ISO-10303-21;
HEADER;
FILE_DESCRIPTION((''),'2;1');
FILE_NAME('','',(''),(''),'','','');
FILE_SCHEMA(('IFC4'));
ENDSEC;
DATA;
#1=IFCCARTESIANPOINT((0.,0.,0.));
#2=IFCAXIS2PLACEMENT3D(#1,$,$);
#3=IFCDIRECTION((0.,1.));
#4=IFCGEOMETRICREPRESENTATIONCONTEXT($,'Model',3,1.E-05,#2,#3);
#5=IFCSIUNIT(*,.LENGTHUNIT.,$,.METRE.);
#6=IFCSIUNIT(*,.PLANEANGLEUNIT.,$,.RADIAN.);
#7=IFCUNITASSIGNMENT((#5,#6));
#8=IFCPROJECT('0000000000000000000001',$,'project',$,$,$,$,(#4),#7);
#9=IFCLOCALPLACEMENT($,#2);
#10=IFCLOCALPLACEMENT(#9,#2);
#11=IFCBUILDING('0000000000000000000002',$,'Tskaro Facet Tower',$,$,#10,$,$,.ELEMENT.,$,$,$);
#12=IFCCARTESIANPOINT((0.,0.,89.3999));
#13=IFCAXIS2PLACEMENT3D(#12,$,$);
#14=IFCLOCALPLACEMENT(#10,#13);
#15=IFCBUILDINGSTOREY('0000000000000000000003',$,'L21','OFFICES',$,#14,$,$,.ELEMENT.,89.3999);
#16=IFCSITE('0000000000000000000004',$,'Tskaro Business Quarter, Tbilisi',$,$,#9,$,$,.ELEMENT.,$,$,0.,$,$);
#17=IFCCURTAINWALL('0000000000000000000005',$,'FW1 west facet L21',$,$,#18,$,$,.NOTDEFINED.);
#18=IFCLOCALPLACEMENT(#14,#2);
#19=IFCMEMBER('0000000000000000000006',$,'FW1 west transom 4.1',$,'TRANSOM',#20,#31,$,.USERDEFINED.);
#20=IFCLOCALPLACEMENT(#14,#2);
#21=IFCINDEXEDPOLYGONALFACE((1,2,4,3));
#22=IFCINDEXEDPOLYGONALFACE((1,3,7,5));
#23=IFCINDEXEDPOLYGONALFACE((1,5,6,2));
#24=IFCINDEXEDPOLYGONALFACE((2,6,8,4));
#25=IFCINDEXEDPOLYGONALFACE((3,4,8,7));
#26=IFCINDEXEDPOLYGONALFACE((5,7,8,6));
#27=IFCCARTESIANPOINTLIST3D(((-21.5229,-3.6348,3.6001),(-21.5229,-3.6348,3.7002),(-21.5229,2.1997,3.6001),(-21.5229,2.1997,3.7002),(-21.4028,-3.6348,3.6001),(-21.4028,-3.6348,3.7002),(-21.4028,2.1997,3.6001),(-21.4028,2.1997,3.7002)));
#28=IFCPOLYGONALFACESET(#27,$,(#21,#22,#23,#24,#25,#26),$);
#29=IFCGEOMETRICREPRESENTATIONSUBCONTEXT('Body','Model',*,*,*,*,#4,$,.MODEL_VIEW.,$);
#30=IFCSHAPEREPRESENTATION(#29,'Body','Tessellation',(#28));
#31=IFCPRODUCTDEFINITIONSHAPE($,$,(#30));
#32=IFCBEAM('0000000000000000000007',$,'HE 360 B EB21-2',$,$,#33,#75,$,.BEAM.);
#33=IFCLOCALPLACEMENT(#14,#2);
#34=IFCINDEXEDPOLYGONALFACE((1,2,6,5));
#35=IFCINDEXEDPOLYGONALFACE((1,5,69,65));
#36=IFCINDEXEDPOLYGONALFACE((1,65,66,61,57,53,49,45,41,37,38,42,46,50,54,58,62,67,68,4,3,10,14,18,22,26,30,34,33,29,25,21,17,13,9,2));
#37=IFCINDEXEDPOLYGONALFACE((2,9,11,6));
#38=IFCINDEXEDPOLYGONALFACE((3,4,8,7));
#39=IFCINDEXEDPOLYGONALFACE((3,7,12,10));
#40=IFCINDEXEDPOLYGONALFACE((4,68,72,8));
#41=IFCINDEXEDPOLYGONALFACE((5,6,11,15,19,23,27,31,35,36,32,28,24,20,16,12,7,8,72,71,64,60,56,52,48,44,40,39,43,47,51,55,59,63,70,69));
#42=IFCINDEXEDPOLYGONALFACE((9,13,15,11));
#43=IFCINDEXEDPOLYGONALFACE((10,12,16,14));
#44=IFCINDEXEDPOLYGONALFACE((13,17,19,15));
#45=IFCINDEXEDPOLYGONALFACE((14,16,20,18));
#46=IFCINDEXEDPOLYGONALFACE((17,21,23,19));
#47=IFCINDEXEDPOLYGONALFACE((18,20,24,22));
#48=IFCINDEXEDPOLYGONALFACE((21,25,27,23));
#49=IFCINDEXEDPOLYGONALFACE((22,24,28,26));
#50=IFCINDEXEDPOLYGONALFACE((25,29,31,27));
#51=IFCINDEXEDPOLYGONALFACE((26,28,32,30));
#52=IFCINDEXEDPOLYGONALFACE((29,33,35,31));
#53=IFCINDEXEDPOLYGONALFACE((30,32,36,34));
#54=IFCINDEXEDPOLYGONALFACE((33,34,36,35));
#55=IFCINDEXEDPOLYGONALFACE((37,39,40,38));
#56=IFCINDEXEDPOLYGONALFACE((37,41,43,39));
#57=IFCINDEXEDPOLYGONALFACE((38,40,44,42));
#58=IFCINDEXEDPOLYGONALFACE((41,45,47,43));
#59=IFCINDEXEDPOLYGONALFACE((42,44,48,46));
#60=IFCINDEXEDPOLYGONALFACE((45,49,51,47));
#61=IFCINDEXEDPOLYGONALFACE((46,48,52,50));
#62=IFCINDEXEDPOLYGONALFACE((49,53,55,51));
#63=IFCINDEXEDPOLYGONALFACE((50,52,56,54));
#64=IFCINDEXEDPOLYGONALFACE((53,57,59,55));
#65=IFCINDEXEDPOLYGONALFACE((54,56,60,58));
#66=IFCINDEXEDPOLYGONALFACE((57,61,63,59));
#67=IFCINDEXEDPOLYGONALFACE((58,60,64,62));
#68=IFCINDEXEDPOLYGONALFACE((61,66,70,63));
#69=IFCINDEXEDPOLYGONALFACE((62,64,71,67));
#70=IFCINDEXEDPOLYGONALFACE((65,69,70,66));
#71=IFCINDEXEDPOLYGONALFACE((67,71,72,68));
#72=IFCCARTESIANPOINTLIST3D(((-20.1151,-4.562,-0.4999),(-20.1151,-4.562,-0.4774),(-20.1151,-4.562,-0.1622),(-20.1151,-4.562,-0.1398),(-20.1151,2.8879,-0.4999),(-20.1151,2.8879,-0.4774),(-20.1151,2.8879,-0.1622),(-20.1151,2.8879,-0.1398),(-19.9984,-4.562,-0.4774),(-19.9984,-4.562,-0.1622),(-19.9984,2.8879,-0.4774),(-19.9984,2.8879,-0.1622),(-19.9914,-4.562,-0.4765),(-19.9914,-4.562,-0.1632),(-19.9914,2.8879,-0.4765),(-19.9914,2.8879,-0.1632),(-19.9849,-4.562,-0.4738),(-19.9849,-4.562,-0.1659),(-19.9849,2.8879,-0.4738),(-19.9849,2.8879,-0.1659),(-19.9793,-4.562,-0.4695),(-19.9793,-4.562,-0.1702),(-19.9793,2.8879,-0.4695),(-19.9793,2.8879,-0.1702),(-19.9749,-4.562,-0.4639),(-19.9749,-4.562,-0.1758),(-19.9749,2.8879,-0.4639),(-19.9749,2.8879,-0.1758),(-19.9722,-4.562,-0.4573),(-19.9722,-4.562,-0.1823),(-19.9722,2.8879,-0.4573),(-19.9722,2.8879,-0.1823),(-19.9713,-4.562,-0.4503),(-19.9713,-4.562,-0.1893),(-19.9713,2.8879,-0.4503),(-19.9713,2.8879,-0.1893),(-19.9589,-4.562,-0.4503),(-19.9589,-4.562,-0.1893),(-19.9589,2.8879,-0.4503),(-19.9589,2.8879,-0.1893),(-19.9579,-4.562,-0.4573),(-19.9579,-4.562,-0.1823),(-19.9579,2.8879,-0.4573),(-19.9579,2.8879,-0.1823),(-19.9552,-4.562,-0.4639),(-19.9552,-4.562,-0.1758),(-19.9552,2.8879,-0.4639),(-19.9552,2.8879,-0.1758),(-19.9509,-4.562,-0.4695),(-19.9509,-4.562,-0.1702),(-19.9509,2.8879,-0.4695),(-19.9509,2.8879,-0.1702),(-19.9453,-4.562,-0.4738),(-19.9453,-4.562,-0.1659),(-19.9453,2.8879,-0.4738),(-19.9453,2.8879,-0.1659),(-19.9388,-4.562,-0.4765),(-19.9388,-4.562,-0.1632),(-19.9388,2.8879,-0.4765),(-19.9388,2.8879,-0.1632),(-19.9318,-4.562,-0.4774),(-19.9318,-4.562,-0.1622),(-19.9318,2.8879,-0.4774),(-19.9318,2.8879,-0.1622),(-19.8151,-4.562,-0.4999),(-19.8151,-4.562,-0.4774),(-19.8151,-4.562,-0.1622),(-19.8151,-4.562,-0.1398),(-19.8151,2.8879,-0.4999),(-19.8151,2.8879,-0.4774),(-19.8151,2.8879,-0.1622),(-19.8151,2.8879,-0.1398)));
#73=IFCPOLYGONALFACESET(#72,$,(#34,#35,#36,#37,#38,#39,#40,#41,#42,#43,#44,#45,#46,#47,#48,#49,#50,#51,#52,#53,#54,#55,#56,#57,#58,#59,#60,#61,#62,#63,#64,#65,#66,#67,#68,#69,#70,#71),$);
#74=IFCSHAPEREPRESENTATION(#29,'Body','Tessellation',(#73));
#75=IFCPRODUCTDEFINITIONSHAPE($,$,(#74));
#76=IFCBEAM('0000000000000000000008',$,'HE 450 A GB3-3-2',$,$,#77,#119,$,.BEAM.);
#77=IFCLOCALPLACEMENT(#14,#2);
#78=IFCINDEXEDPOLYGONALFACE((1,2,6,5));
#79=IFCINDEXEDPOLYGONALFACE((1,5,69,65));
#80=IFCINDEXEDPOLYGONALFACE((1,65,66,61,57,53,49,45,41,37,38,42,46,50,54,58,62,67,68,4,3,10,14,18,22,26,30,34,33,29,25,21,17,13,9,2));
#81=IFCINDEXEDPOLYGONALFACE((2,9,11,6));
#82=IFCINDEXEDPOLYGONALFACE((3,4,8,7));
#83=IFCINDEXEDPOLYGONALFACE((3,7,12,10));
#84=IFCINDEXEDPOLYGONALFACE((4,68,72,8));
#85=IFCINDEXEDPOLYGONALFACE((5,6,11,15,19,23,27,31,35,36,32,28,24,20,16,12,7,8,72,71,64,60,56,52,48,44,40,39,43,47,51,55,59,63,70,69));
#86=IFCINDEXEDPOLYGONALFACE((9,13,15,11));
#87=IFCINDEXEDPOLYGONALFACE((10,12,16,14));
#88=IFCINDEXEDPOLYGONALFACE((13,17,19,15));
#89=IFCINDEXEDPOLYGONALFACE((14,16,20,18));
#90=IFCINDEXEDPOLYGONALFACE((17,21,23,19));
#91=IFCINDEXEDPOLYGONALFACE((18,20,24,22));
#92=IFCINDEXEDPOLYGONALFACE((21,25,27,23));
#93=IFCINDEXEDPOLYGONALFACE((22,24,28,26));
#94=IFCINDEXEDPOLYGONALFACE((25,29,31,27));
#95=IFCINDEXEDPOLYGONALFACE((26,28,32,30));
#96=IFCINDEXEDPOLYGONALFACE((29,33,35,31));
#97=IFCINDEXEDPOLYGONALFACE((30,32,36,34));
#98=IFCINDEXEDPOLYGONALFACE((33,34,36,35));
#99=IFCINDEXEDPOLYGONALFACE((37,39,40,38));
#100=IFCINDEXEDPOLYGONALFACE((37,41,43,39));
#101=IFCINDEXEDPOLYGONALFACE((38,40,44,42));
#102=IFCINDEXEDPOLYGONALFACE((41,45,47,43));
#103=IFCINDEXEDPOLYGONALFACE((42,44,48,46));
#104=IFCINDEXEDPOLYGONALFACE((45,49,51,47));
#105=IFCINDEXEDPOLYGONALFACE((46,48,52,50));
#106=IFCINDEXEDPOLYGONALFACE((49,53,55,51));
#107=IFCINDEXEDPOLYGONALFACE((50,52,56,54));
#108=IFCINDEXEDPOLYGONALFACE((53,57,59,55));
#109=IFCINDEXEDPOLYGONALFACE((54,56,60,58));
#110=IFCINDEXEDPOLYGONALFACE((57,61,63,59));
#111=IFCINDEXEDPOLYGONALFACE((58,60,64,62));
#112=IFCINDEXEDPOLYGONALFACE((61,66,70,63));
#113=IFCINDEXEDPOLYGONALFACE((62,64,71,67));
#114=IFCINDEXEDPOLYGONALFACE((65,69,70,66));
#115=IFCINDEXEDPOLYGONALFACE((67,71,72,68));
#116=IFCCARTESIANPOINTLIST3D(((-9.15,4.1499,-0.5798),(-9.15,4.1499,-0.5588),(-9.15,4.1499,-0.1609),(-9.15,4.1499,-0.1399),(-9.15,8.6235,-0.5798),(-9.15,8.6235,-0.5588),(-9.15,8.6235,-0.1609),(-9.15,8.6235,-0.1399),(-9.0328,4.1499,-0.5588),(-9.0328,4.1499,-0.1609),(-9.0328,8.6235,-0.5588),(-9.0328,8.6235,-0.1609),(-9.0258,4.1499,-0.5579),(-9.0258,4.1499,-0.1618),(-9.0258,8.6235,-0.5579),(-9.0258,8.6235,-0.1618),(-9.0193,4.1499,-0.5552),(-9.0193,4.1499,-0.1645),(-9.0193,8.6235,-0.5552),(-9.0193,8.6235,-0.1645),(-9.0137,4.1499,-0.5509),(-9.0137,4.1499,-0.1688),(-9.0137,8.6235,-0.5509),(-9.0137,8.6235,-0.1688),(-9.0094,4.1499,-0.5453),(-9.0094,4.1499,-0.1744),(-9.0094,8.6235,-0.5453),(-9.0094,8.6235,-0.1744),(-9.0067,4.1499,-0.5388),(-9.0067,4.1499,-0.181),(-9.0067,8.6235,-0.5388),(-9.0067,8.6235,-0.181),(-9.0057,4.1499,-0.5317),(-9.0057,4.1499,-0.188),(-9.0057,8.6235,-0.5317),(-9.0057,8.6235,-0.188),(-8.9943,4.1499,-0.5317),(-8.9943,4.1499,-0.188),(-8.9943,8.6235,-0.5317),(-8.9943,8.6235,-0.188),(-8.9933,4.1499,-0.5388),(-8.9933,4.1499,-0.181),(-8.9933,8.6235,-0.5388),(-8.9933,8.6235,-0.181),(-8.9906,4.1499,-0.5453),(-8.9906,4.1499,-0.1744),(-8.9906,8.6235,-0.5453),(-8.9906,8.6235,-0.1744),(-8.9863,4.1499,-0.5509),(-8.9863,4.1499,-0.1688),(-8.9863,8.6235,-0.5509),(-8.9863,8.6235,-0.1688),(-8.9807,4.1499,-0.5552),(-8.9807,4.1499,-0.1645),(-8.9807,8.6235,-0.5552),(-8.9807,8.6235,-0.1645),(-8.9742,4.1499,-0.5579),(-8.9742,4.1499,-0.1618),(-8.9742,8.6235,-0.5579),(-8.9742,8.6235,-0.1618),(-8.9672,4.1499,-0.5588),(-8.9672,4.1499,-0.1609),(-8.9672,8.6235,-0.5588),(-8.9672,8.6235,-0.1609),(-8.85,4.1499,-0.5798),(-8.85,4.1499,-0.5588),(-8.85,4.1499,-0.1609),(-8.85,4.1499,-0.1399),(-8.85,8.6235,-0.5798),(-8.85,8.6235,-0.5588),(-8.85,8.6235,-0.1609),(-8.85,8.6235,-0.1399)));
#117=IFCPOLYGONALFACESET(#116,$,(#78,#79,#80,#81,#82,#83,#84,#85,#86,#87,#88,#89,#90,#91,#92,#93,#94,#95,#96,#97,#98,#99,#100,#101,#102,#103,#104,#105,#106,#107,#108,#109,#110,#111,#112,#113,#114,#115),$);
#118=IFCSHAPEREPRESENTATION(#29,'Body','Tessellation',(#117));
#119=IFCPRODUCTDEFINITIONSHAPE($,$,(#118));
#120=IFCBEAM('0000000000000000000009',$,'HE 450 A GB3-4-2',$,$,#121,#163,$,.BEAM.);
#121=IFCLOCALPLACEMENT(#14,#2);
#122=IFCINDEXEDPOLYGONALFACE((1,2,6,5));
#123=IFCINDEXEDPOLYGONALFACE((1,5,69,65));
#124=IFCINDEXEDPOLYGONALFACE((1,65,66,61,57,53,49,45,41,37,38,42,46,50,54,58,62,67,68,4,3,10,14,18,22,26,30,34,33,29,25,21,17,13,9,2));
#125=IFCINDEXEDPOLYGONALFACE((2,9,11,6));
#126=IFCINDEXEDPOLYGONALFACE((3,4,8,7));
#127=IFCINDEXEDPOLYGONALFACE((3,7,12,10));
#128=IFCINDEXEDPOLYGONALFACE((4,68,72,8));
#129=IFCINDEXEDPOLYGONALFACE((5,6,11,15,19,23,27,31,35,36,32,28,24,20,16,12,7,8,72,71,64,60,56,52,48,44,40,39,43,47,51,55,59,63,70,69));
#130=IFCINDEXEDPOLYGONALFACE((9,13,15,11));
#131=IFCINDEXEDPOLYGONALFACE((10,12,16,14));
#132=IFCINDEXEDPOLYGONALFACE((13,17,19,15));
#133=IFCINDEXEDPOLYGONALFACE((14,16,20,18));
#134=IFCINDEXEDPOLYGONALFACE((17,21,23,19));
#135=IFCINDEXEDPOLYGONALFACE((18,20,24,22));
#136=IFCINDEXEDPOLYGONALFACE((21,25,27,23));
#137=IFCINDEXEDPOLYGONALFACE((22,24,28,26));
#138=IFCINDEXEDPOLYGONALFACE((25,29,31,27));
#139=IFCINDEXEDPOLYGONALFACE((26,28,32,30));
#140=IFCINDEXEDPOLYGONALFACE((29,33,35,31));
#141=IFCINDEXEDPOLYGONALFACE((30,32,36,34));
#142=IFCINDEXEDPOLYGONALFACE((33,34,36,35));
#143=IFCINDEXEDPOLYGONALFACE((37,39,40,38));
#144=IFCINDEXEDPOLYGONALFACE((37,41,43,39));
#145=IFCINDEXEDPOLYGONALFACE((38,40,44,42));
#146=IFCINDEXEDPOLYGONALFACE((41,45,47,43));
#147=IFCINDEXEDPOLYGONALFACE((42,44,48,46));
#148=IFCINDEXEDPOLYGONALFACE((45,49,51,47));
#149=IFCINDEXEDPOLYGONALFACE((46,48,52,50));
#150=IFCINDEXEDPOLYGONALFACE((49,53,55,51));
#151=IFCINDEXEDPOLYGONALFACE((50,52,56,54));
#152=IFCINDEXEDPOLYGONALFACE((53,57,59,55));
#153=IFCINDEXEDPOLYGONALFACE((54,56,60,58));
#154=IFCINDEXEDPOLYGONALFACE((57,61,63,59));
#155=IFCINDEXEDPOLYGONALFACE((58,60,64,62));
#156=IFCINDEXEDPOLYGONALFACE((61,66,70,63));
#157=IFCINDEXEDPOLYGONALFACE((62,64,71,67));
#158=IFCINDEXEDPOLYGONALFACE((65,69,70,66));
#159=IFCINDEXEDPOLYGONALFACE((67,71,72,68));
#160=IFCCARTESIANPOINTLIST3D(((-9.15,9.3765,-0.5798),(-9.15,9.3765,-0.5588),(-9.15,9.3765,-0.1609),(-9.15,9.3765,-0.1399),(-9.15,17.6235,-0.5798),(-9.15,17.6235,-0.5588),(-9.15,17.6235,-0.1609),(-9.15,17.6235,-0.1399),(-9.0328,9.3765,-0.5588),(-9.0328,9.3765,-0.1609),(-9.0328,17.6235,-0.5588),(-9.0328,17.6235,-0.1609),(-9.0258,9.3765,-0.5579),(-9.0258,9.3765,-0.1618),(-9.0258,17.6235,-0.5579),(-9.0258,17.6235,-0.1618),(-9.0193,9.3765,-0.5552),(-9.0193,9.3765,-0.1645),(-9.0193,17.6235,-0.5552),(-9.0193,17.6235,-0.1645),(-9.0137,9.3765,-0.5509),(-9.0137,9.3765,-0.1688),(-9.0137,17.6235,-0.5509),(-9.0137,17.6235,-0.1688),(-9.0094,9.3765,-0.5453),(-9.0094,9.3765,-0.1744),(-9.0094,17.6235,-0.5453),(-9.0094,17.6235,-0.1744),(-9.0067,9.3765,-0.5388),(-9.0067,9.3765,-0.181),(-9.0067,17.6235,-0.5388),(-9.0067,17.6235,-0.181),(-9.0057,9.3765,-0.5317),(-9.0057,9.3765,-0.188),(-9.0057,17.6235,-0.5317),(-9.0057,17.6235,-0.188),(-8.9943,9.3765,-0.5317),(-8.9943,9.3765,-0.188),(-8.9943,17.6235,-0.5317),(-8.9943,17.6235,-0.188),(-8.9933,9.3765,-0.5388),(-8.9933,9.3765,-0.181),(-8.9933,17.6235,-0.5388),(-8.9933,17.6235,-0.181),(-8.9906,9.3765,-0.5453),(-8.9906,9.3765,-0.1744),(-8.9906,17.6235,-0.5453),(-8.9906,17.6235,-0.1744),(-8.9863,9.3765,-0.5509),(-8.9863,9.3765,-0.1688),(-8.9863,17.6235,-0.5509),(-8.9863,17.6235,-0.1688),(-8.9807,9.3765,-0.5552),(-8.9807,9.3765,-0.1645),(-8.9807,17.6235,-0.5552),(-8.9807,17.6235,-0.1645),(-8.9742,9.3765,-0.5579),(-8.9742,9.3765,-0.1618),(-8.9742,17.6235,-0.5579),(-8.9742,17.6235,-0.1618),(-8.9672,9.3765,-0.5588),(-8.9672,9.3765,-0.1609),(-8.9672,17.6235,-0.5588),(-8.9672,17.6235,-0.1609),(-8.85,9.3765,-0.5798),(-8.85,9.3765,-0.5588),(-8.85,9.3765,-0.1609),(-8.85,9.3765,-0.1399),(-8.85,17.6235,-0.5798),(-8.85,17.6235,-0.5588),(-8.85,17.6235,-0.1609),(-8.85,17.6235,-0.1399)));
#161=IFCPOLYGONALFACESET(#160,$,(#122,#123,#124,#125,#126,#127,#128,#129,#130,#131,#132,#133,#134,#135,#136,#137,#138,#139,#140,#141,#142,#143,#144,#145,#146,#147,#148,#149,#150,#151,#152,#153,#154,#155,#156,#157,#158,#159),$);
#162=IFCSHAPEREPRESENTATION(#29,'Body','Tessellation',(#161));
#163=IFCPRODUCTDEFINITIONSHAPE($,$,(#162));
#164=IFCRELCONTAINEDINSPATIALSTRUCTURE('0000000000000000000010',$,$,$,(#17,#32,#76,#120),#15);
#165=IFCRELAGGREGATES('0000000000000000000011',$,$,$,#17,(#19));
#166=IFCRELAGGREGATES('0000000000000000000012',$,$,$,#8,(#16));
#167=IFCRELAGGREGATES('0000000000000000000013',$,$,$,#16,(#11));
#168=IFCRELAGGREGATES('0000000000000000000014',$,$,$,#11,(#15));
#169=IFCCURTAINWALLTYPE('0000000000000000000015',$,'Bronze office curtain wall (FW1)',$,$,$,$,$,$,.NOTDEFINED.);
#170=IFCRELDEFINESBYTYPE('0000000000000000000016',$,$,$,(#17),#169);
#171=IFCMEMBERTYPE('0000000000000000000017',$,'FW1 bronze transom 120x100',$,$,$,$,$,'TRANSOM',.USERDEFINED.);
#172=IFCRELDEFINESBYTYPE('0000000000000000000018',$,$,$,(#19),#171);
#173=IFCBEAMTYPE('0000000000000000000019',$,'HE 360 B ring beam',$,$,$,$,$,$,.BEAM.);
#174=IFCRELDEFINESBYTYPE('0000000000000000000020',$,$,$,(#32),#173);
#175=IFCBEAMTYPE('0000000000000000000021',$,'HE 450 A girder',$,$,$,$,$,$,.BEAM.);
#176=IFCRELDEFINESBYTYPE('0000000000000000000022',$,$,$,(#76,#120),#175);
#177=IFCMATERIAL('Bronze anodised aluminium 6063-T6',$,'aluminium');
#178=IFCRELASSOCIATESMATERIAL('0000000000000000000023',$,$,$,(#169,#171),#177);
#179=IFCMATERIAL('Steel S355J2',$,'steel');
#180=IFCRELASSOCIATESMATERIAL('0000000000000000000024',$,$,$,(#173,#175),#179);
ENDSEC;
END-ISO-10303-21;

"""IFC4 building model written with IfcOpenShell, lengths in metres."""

from ifc_helpers import new_model, si_unit, direction, frame, origin, origin_2d, place, context, subcontext, project, spatial, rectangle, i_section, extrude, material, material_profile, profile_set, type_object, element, aggregate, save


model = new_model("IFC4")

# Units and contexts
model_context = context("Model", 3, precision=1e-05, world=origin(), true_north=direction((0.0, 1.0)))
body_context = subcontext(model_context, "Body", "Model", "MODEL_VIEW")
ifc_project = project(units=[si_unit("LENGTHUNIT", "METRE"), si_unit("PLANEANGLEUNIT", "RADIAN")], contexts=[model_context])

# Site, building, storey
site_placement = place(None, origin())
site = spatial("IfcSite", under=ifc_project, at=site_placement, Name="Tskaro Business Quarter, Tbilisi", CompositionType="ELEMENT", RefElevation=0.0)
building_placement = place(site_placement, origin())
building = spatial("IfcBuilding", under=site, at=building_placement, Name="Tskaro Facet Tower", CompositionType="ELEMENT")
storey_placement = place(building_placement, frame((0.0, 0.0, 89.3999)))
storey = spatial("IfcBuildingStorey", under=building, at=storey_placement, Name="L21", Description="OFFICES", CompositionType="ELEMENT", Elevation=89.3999)

# Curtain wall, member
ifc_material_1 = material(Name="Bronze anodised aluminium 6063-T6", Category="aluminium")
curtain_wall_type = type_object("IfcCurtainWallType", Name="Bronze office curtain wall (FW1)", PredefinedType="NOTDEFINED", material=ifc_material_1)
curtain_wall_placement = place(storey_placement, origin())
curtain_wall = element("IfcCurtainWall", 1, at=curtain_wall_placement, inside=storey, type_object=curtain_wall_type, Name="FW1 west facet L21", PredefinedType="NOTDEFINED")
ifc_material_profile_1 = material_profile(ifc_material_1, rectangle(XDim=0.1201, YDim=0.1001, at=origin_2d()), Name="Transom 120x100")
ifc_profile_set_1 = profile_set([ifc_material_profile_1], Name="Bronze anodised aluminium 6063-T6")
member_type_1 = type_object("IfcMemberType", Name="FW1 bronze transom 120x100", ElementType="TRANSOM", PredefinedType="USERDEFINED", material=ifc_profile_set_1)
member_1_placement = place(storey_placement, frame((-21.4629, 2.1997, 3.6501), z_axis=(0.0, -1.0, 0.0), x_axis=(1.0, 0.0, 0.0)))
member_1 = element("IfcMember", 2, at=member_1_placement, type_object=member_type_1, Name="FW1 west transom 4.1", ObjectType="TRANSOM", PredefinedType="USERDEFINED", context=body_context, shape_type="SweptSolid", body=[
    extrude(rectangle(XDim=0.1201, YDim=0.1001, at=origin_2d()), origin(), (0.0, 0.0, 1.0), 5.8345),
])

# Beams
ifc_material_2 = material(Name="Steel S355J2", Category="steel")
ifc_material_profile_2 = material_profile(ifc_material_2, i_section(OverallWidth=0.3, OverallDepth=0.3601, WebThickness=0.0125, FlangeThickness=0.0225, FilletRadius=0.0271, at=origin_2d()), Name="HE 360 B")
ifc_profile_set_2 = profile_set([ifc_material_profile_2], Name="Steel S355J2")
beam_type_1 = type_object("IfcBeamType", Name="HE 360 B ring beam", PredefinedType="BEAM", material=ifc_profile_set_2)
beam_1_placement = place(storey_placement, frame((-19.9651, 2.8879, -0.3198), z_axis=(0.0, -1.0, 0.0), x_axis=(1.0, 0.0, 0.0)))
element("IfcBeam", 3, at=beam_1_placement, inside=storey, type_object=beam_type_1, Name="HE 360 B EB21-2", PredefinedType="BEAM", context=body_context, shape_type="SweptSolid", body=[
    extrude(i_section(OverallWidth=0.3, OverallDepth=0.3601, WebThickness=0.0125, FlangeThickness=0.0225, FilletRadius=0.0271, at=origin_2d()), origin(), (0.0, 0.0, 1.0), 7.45),
])
ifc_material_profile_3 = material_profile(ifc_material_2, i_section(OverallWidth=0.3, OverallDepth=0.4399, WebThickness=0.0115, FlangeThickness=0.021, FilletRadius=0.0271, at=origin_2d()), Name="HE 450 A")
ifc_profile_set_3 = profile_set([ifc_material_profile_3], Name="Steel S355J2")
beam_type_2 = type_object("IfcBeamType", Name="HE 450 A girder", PredefinedType="BEAM", material=ifc_profile_set_3)
beam_2_placement = place(storey_placement, frame((-9.0, 4.1499, -0.3599), z_axis=(0.0, 1.0, 0.0), x_axis=(-1.0, 0.0, 0.0)))
element("IfcBeam", 4, at=beam_2_placement, inside=storey, type_object=beam_type_2, Name="HE 450 A GB3-3-2", PredefinedType="BEAM", context=body_context, shape_type="SweptSolid", body=[
    extrude(i_section(OverallWidth=0.3, OverallDepth=0.4399, WebThickness=0.0115, FlangeThickness=0.021, FilletRadius=0.0271, at=origin_2d()), origin(), (0.0, 0.0, 1.0), 4.4736),
])
beam_3_placement = place(storey_placement, frame((-9.0, 9.3765, -0.3599), z_axis=(0.0, 1.0, 0.0), x_axis=(-1.0, 0.0, 0.0)))
element("IfcBeam", 5, at=beam_3_placement, inside=storey, type_object=beam_type_2, Name="HE 450 A GB3-4-2", PredefinedType="BEAM", context=body_context, shape_type="SweptSolid", body=[
    extrude(i_section(OverallWidth=0.3, OverallDepth=0.4399, WebThickness=0.0115, FlangeThickness=0.021, FilletRadius=0.0271, at=origin_2d()), origin(), (0.0, 0.0, 1.0), 8.2471),
])

aggregate(curtain_wall, [member_1])

save(model, "model.ifc")
